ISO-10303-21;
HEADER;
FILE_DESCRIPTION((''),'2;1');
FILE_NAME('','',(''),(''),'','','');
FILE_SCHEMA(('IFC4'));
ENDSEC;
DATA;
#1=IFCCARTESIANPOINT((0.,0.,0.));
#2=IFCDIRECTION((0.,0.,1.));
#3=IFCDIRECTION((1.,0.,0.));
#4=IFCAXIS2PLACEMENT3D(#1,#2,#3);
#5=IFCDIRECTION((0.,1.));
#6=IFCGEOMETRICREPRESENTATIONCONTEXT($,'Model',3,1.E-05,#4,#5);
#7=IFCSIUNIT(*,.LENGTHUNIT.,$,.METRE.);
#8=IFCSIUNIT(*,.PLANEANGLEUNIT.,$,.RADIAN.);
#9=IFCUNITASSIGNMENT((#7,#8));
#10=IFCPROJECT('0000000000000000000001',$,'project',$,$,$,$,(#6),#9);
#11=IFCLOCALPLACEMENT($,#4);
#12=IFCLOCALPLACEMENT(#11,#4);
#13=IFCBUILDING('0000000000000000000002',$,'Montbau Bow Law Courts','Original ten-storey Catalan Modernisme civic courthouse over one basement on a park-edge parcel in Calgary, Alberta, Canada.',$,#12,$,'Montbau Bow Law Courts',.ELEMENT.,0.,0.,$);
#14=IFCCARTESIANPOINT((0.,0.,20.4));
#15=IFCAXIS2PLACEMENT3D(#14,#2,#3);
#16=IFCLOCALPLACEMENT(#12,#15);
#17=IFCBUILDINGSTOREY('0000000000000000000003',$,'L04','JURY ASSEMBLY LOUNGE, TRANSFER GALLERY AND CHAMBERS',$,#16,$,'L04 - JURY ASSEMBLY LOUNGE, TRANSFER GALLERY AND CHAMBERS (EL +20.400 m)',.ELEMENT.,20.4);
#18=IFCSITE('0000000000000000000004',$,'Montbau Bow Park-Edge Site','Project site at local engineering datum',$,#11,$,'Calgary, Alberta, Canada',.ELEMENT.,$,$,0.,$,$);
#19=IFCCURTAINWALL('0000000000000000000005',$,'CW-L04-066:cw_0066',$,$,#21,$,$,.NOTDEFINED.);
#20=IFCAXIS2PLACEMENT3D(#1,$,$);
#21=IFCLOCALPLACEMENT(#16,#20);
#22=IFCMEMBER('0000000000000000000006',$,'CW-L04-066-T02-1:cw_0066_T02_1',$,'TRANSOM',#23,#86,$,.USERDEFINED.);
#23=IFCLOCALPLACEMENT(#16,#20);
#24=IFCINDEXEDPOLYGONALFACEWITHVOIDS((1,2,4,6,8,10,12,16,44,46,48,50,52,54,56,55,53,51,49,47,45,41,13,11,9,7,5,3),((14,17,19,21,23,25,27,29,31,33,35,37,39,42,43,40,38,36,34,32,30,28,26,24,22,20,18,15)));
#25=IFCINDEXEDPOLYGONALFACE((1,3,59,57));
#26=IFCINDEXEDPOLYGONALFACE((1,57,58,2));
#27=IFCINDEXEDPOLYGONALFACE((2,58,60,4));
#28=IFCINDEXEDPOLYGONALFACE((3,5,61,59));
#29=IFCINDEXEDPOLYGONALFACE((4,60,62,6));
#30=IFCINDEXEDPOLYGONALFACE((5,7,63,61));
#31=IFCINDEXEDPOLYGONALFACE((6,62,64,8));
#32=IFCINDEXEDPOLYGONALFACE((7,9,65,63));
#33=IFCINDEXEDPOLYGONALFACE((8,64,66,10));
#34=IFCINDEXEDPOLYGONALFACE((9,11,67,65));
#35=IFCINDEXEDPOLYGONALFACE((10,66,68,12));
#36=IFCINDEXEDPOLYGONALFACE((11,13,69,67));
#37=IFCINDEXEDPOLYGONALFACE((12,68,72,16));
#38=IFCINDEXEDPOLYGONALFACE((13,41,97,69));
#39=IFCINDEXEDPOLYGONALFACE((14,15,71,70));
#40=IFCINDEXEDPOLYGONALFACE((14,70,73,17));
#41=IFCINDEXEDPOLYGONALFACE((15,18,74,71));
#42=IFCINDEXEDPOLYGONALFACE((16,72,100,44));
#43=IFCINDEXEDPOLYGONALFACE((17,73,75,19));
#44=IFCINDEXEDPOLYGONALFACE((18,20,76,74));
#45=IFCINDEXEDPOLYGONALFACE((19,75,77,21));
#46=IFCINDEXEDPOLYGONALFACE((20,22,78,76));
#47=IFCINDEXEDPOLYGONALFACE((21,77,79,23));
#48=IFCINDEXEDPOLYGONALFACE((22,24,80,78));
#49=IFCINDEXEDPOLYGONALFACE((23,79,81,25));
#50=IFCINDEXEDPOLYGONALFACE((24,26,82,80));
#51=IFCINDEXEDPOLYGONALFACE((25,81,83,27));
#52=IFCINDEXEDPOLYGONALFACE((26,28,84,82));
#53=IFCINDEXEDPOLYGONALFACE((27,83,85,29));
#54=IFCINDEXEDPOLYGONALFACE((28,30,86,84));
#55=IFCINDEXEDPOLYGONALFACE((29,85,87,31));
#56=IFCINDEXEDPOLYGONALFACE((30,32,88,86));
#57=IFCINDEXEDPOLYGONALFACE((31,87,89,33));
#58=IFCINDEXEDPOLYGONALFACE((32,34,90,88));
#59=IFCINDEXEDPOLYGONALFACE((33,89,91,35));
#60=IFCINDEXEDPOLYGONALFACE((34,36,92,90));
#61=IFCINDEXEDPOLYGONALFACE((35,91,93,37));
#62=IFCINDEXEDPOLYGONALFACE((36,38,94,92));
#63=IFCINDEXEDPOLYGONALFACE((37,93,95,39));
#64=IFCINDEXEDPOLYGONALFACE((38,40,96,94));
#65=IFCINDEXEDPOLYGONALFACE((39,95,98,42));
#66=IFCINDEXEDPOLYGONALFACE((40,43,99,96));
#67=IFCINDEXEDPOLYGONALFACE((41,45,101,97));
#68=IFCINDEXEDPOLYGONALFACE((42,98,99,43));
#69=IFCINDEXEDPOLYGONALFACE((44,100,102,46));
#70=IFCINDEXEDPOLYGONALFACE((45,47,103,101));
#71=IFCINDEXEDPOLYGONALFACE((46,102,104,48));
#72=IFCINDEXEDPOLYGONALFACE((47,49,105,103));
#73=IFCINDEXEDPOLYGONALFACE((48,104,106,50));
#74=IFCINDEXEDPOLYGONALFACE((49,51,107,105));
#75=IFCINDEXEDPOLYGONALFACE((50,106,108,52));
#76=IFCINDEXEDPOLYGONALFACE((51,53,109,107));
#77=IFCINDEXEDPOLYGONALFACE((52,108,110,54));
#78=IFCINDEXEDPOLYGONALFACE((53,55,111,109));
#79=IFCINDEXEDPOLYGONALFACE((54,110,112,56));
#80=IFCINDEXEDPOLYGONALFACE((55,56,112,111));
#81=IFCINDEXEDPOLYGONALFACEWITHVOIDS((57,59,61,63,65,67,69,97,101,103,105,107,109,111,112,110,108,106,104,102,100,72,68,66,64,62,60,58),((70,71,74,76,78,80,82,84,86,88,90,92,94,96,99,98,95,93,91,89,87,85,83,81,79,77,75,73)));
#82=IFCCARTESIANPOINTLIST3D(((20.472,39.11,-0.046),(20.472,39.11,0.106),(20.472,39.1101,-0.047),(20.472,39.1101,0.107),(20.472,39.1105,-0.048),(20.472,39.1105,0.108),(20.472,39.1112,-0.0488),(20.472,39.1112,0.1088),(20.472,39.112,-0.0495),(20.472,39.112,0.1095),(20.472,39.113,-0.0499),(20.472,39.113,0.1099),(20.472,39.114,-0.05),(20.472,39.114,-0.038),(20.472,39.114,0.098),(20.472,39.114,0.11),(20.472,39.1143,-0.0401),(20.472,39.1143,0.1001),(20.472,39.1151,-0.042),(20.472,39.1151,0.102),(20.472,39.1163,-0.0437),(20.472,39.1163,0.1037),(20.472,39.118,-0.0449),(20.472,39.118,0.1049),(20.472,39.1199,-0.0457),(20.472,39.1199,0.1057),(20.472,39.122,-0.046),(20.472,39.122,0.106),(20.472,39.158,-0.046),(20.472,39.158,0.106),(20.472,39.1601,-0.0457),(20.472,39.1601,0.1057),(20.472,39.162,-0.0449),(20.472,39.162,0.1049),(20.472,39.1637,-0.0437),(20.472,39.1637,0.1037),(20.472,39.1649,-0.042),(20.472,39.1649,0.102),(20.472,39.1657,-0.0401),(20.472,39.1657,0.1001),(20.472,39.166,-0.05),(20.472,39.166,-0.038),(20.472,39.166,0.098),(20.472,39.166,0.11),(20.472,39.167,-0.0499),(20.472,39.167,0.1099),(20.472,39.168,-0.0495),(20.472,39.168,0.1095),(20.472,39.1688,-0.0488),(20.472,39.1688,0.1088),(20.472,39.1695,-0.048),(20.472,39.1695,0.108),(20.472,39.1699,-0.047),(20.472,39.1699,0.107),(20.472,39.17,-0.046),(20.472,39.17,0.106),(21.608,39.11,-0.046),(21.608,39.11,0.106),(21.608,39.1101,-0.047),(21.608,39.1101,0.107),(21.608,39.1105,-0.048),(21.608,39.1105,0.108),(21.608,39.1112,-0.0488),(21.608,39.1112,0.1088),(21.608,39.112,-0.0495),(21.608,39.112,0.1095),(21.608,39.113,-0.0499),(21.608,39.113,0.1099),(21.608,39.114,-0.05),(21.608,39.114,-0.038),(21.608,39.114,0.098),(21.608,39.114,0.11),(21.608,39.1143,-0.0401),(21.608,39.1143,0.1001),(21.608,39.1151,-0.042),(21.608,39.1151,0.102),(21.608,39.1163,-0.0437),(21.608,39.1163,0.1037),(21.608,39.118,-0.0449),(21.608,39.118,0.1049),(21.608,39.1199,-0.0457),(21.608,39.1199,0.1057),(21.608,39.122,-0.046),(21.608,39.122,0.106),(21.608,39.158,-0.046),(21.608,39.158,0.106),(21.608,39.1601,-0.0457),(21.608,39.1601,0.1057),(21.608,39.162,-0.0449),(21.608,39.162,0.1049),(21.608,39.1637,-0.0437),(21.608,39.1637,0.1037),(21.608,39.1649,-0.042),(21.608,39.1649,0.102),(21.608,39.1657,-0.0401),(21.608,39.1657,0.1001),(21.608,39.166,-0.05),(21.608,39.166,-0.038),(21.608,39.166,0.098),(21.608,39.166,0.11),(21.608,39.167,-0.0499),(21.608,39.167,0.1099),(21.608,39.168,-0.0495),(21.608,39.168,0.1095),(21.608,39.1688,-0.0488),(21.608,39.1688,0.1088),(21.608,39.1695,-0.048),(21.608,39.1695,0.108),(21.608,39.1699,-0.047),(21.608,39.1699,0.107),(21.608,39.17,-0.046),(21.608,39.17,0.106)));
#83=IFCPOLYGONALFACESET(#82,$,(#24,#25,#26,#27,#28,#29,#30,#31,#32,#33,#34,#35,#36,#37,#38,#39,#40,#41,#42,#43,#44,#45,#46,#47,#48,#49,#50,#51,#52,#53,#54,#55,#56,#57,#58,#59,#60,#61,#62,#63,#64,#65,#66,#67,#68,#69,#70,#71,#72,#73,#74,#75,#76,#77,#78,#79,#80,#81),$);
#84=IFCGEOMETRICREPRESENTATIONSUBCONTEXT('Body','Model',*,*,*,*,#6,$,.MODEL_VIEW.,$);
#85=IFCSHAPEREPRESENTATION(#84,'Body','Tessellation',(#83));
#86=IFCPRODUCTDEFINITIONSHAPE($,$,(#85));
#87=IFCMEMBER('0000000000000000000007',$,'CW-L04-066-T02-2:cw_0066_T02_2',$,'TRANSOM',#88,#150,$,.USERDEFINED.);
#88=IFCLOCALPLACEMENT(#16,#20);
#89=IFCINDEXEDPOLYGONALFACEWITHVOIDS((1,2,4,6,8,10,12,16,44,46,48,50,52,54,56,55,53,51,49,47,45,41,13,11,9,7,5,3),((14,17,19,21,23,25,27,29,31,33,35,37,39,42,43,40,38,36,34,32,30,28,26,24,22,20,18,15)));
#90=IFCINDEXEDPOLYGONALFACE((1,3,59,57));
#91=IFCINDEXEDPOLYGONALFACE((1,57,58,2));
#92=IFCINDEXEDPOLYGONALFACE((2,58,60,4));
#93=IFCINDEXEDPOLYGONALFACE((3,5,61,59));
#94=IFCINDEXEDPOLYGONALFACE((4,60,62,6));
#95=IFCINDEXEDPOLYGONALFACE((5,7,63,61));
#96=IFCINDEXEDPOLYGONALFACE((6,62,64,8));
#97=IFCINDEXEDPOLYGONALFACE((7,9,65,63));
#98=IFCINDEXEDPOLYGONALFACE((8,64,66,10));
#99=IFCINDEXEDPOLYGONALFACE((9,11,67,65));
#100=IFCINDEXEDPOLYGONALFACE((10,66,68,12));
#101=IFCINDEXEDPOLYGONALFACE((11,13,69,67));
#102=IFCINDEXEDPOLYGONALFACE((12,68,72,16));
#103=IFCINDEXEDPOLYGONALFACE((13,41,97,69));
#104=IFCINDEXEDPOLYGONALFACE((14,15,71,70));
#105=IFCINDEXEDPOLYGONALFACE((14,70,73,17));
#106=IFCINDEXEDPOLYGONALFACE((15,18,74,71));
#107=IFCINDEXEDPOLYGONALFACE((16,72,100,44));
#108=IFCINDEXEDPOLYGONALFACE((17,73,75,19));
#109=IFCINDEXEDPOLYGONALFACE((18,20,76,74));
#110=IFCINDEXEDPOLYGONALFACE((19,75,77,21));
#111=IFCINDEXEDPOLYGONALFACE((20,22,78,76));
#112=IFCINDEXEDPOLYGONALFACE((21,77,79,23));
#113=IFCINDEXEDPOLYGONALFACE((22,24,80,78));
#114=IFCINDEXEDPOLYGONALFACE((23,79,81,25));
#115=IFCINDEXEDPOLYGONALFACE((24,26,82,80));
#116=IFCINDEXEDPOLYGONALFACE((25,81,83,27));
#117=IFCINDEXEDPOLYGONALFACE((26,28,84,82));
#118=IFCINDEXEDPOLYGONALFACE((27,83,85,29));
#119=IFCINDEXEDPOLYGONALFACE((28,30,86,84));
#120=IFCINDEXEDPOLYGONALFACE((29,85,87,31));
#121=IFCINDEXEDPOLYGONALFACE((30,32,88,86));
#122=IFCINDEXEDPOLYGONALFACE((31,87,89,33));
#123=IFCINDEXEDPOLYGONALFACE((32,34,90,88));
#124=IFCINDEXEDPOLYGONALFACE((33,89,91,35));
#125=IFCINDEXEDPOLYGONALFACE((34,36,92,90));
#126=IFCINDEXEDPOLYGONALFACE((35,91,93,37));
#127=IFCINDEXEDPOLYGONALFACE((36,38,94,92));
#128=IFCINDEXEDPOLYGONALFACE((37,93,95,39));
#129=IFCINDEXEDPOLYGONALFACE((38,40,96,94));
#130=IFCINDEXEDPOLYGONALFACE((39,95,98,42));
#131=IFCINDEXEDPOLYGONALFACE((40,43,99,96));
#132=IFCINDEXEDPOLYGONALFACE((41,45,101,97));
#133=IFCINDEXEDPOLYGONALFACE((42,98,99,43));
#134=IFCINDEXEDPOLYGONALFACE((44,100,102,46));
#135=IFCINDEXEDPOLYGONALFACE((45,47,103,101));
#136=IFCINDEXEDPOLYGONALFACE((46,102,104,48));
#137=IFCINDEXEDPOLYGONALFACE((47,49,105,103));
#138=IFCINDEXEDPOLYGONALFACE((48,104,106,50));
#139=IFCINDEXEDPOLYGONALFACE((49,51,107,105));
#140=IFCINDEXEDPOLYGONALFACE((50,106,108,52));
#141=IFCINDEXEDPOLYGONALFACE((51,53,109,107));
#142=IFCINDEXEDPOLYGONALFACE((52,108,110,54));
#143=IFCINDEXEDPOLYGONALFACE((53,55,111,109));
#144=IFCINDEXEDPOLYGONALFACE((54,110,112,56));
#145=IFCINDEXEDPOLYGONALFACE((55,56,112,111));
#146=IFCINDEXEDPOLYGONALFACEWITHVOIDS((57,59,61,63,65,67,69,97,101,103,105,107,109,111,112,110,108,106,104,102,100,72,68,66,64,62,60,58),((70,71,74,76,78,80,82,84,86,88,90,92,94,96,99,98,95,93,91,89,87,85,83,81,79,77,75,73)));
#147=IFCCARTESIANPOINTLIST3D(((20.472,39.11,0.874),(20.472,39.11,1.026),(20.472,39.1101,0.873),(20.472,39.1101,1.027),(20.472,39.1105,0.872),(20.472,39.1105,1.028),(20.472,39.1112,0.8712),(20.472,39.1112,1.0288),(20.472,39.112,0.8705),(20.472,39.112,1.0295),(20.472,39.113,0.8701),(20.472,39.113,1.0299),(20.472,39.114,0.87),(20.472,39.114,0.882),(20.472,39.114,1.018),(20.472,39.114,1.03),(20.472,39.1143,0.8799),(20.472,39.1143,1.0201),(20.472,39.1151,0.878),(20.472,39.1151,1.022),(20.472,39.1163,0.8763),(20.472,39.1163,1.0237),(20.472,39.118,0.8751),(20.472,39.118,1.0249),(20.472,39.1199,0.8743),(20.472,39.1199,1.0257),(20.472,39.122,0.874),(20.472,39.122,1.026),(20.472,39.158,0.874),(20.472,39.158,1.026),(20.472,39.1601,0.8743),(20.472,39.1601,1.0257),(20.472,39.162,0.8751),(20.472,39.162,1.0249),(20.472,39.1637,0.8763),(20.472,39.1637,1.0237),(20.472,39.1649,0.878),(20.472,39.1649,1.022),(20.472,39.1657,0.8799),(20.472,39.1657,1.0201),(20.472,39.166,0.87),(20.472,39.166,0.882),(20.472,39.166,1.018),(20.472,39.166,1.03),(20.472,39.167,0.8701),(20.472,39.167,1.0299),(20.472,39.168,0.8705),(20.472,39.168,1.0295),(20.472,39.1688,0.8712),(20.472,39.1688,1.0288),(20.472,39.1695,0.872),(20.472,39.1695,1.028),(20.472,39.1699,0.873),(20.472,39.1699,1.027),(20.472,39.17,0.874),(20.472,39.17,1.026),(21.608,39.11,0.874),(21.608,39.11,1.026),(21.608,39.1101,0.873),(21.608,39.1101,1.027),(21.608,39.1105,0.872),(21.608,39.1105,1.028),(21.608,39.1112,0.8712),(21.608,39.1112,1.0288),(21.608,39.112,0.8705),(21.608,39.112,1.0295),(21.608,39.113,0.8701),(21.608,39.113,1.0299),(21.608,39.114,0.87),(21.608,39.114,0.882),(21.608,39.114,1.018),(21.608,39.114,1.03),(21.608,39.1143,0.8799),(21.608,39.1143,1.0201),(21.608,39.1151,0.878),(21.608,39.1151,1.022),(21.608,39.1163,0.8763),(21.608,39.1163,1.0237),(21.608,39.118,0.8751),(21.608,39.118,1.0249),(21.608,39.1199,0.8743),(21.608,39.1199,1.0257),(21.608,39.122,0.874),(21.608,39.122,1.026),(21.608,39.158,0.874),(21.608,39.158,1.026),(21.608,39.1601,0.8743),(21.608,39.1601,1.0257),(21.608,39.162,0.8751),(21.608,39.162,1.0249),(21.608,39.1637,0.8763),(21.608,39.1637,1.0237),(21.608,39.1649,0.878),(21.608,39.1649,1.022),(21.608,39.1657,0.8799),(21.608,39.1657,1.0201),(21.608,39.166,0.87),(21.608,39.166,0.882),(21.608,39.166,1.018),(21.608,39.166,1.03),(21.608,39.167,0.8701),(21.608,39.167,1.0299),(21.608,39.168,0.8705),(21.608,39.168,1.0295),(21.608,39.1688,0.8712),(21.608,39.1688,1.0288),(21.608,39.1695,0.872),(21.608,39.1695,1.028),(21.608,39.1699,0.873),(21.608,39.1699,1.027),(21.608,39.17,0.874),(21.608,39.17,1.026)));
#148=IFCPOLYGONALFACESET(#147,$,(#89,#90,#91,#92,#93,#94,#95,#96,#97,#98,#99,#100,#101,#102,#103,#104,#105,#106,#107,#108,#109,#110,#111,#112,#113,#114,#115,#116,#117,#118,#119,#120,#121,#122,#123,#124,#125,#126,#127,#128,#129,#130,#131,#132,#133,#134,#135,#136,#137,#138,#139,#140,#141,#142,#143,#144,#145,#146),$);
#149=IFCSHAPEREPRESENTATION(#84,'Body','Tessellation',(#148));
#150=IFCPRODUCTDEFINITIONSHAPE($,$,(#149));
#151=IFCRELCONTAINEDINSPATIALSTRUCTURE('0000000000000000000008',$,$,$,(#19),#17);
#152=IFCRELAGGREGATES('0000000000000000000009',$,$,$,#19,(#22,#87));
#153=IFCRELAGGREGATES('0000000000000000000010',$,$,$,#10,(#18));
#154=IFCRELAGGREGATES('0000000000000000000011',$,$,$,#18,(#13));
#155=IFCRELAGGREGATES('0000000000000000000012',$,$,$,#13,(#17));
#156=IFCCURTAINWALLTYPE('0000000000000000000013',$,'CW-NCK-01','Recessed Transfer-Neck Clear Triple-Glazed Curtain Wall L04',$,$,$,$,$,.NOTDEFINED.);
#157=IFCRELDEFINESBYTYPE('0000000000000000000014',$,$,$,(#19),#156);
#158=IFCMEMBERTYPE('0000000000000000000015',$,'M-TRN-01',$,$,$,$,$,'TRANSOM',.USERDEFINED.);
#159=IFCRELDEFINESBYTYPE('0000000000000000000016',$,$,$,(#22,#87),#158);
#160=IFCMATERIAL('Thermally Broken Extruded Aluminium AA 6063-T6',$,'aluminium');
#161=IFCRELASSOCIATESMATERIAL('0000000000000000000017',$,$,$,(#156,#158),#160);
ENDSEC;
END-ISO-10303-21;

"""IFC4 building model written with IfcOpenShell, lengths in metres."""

from ifc_helpers import new_model, si_unit, direction, frame, origin_with_axes, origin_2d_with_axis, place, context, subcontext, project, spatial, hollow_rectangle, extrude, material, material_profile, profile_set, type_object, element, aggregate, save


model = new_model("IFC4")

# Units and contexts
model_context = context("Model", 3, precision=1e-05, world=origin_with_axes(), true_north=direction((0.0, 1.0)))
body_context = subcontext(model_context, "Body", "Model", "MODEL_VIEW")
ifc_project = project(units=[si_unit("LENGTHUNIT", "METRE"), si_unit("PLANEANGLEUNIT", "RADIAN")], contexts=[model_context])

# Site, building, storey
site_placement = place(None, origin_with_axes())
site = spatial("IfcSite", under=ifc_project, at=site_placement, Name="Montbau Bow Park-Edge Site", Description="Project site at local engineering datum", LongName="Calgary, Alberta, Canada", CompositionType="ELEMENT", RefElevation=0.0)
building_placement = place(site_placement, origin_with_axes())
building = spatial("IfcBuilding", under=site, at=building_placement, Name="Montbau Bow Law Courts", Description="Original ten-storey Catalan Modernisme civic courthouse over one basement on a park-edge parcel in Calgary, Alberta, Canada.", LongName="Montbau Bow Law Courts", CompositionType="ELEMENT", ElevationOfRefHeight=0.0, ElevationOfTerrain=0.0)
storey_placement = place(building_placement, frame((0.0, 0.0, 20.4), z_axis=(0.0, 0.0, 1.0), x_axis=(1.0, 0.0, 0.0)))
storey = spatial("IfcBuildingStorey", under=building, at=storey_placement, Name="L04", Description="JURY ASSEMBLY LOUNGE, TRANSFER GALLERY AND CHAMBERS", LongName="L04 - JURY ASSEMBLY LOUNGE, TRANSFER GALLERY AND CHAMBERS (EL +20.400 m)", CompositionType="ELEMENT", Elevation=20.4)

# Curtain wall
ifc_material_1 = material(Name="Thermally Broken Extruded Aluminium AA 6063-T6", Category="aluminium")
curtain_wall_type = type_object("IfcCurtainWallType", Name="CW-NCK-01", Description="Recessed Transfer-Neck Clear Triple-Glazed Curtain Wall L04", PredefinedType="NOTDEFINED", material=ifc_material_1)
curtain_wall_1_placement = place(None, frame((19.18, 39.14, 20.4), z_axis=(0.0, 0.0, 1.0), x_axis=(1.0, 0.0, 0.0)))
curtain_wall_1 = element("IfcCurtainWall", 1, at=curtain_wall_1_placement, inside=storey, type_object=curtain_wall_type, Name="CW-L04-066:cw_0066", PredefinedType="NOTDEFINED")

# Members
ifc_material_profile_1 = material_profile(ifc_material_1, hollow_rectangle(XDim=0.06, YDim=0.16, WallThickness=0.004, InnerFilletRadius=0.008, OuterFilletRadius=0.004, at=origin_2d_with_axis()), Name="CWT-160X60", Category="Main", Priority=0)
ifc_profile_set_1 = profile_set([ifc_material_profile_1], Name="Thermally Broken Extruded Aluminium AA 6063-T6")
member_type_1 = type_object("IfcMemberType", Name="M-TRN-01", ElementType="TRANSOM", PredefinedType="USERDEFINED", material=ifc_profile_set_1)
member_1_placement = place(None, frame((20.472, 39.14, 20.43), z_axis=(1.0, 0.0, 0.0), x_axis=(0.0, 1.0, 0.0)))
member_1 = element("IfcMember", 2, at=member_1_placement, type_object=member_type_1, Name="CW-L04-066-T02-1:cw_0066_T02_1", ObjectType="TRANSOM", PredefinedType="USERDEFINED", context=body_context, shape_type="SweptSolid", body=[
    extrude(hollow_rectangle(XDim=0.06, YDim=0.16, WallThickness=0.004, InnerFilletRadius=0.008, OuterFilletRadius=0.004, at=origin_2d_with_axis()), origin_with_axes(), (0.0, 0.0, 1.0), 1.136),
])
member_2_placement = place(None, frame((20.472, 39.14, 21.35), z_axis=(1.0, 0.0, 0.0), x_axis=(0.0, 1.0, 0.0)))
member_2 = element("IfcMember", 3, at=member_2_placement, type_object=member_type_1, Name="CW-L04-066-T02-2:cw_0066_T02_2", ObjectType="TRANSOM", PredefinedType="USERDEFINED", context=body_context, shape_type="SweptSolid", body=[
    extrude(hollow_rectangle(XDim=0.06, YDim=0.16, WallThickness=0.004, InnerFilletRadius=0.008, OuterFilletRadius=0.004, at=origin_2d_with_axis()), origin_with_axes(), (0.0, 0.0, 1.0), 1.136),
])

aggregate(curtain_wall_1, [member_1, member_2])

save(model, "model.ifc")
